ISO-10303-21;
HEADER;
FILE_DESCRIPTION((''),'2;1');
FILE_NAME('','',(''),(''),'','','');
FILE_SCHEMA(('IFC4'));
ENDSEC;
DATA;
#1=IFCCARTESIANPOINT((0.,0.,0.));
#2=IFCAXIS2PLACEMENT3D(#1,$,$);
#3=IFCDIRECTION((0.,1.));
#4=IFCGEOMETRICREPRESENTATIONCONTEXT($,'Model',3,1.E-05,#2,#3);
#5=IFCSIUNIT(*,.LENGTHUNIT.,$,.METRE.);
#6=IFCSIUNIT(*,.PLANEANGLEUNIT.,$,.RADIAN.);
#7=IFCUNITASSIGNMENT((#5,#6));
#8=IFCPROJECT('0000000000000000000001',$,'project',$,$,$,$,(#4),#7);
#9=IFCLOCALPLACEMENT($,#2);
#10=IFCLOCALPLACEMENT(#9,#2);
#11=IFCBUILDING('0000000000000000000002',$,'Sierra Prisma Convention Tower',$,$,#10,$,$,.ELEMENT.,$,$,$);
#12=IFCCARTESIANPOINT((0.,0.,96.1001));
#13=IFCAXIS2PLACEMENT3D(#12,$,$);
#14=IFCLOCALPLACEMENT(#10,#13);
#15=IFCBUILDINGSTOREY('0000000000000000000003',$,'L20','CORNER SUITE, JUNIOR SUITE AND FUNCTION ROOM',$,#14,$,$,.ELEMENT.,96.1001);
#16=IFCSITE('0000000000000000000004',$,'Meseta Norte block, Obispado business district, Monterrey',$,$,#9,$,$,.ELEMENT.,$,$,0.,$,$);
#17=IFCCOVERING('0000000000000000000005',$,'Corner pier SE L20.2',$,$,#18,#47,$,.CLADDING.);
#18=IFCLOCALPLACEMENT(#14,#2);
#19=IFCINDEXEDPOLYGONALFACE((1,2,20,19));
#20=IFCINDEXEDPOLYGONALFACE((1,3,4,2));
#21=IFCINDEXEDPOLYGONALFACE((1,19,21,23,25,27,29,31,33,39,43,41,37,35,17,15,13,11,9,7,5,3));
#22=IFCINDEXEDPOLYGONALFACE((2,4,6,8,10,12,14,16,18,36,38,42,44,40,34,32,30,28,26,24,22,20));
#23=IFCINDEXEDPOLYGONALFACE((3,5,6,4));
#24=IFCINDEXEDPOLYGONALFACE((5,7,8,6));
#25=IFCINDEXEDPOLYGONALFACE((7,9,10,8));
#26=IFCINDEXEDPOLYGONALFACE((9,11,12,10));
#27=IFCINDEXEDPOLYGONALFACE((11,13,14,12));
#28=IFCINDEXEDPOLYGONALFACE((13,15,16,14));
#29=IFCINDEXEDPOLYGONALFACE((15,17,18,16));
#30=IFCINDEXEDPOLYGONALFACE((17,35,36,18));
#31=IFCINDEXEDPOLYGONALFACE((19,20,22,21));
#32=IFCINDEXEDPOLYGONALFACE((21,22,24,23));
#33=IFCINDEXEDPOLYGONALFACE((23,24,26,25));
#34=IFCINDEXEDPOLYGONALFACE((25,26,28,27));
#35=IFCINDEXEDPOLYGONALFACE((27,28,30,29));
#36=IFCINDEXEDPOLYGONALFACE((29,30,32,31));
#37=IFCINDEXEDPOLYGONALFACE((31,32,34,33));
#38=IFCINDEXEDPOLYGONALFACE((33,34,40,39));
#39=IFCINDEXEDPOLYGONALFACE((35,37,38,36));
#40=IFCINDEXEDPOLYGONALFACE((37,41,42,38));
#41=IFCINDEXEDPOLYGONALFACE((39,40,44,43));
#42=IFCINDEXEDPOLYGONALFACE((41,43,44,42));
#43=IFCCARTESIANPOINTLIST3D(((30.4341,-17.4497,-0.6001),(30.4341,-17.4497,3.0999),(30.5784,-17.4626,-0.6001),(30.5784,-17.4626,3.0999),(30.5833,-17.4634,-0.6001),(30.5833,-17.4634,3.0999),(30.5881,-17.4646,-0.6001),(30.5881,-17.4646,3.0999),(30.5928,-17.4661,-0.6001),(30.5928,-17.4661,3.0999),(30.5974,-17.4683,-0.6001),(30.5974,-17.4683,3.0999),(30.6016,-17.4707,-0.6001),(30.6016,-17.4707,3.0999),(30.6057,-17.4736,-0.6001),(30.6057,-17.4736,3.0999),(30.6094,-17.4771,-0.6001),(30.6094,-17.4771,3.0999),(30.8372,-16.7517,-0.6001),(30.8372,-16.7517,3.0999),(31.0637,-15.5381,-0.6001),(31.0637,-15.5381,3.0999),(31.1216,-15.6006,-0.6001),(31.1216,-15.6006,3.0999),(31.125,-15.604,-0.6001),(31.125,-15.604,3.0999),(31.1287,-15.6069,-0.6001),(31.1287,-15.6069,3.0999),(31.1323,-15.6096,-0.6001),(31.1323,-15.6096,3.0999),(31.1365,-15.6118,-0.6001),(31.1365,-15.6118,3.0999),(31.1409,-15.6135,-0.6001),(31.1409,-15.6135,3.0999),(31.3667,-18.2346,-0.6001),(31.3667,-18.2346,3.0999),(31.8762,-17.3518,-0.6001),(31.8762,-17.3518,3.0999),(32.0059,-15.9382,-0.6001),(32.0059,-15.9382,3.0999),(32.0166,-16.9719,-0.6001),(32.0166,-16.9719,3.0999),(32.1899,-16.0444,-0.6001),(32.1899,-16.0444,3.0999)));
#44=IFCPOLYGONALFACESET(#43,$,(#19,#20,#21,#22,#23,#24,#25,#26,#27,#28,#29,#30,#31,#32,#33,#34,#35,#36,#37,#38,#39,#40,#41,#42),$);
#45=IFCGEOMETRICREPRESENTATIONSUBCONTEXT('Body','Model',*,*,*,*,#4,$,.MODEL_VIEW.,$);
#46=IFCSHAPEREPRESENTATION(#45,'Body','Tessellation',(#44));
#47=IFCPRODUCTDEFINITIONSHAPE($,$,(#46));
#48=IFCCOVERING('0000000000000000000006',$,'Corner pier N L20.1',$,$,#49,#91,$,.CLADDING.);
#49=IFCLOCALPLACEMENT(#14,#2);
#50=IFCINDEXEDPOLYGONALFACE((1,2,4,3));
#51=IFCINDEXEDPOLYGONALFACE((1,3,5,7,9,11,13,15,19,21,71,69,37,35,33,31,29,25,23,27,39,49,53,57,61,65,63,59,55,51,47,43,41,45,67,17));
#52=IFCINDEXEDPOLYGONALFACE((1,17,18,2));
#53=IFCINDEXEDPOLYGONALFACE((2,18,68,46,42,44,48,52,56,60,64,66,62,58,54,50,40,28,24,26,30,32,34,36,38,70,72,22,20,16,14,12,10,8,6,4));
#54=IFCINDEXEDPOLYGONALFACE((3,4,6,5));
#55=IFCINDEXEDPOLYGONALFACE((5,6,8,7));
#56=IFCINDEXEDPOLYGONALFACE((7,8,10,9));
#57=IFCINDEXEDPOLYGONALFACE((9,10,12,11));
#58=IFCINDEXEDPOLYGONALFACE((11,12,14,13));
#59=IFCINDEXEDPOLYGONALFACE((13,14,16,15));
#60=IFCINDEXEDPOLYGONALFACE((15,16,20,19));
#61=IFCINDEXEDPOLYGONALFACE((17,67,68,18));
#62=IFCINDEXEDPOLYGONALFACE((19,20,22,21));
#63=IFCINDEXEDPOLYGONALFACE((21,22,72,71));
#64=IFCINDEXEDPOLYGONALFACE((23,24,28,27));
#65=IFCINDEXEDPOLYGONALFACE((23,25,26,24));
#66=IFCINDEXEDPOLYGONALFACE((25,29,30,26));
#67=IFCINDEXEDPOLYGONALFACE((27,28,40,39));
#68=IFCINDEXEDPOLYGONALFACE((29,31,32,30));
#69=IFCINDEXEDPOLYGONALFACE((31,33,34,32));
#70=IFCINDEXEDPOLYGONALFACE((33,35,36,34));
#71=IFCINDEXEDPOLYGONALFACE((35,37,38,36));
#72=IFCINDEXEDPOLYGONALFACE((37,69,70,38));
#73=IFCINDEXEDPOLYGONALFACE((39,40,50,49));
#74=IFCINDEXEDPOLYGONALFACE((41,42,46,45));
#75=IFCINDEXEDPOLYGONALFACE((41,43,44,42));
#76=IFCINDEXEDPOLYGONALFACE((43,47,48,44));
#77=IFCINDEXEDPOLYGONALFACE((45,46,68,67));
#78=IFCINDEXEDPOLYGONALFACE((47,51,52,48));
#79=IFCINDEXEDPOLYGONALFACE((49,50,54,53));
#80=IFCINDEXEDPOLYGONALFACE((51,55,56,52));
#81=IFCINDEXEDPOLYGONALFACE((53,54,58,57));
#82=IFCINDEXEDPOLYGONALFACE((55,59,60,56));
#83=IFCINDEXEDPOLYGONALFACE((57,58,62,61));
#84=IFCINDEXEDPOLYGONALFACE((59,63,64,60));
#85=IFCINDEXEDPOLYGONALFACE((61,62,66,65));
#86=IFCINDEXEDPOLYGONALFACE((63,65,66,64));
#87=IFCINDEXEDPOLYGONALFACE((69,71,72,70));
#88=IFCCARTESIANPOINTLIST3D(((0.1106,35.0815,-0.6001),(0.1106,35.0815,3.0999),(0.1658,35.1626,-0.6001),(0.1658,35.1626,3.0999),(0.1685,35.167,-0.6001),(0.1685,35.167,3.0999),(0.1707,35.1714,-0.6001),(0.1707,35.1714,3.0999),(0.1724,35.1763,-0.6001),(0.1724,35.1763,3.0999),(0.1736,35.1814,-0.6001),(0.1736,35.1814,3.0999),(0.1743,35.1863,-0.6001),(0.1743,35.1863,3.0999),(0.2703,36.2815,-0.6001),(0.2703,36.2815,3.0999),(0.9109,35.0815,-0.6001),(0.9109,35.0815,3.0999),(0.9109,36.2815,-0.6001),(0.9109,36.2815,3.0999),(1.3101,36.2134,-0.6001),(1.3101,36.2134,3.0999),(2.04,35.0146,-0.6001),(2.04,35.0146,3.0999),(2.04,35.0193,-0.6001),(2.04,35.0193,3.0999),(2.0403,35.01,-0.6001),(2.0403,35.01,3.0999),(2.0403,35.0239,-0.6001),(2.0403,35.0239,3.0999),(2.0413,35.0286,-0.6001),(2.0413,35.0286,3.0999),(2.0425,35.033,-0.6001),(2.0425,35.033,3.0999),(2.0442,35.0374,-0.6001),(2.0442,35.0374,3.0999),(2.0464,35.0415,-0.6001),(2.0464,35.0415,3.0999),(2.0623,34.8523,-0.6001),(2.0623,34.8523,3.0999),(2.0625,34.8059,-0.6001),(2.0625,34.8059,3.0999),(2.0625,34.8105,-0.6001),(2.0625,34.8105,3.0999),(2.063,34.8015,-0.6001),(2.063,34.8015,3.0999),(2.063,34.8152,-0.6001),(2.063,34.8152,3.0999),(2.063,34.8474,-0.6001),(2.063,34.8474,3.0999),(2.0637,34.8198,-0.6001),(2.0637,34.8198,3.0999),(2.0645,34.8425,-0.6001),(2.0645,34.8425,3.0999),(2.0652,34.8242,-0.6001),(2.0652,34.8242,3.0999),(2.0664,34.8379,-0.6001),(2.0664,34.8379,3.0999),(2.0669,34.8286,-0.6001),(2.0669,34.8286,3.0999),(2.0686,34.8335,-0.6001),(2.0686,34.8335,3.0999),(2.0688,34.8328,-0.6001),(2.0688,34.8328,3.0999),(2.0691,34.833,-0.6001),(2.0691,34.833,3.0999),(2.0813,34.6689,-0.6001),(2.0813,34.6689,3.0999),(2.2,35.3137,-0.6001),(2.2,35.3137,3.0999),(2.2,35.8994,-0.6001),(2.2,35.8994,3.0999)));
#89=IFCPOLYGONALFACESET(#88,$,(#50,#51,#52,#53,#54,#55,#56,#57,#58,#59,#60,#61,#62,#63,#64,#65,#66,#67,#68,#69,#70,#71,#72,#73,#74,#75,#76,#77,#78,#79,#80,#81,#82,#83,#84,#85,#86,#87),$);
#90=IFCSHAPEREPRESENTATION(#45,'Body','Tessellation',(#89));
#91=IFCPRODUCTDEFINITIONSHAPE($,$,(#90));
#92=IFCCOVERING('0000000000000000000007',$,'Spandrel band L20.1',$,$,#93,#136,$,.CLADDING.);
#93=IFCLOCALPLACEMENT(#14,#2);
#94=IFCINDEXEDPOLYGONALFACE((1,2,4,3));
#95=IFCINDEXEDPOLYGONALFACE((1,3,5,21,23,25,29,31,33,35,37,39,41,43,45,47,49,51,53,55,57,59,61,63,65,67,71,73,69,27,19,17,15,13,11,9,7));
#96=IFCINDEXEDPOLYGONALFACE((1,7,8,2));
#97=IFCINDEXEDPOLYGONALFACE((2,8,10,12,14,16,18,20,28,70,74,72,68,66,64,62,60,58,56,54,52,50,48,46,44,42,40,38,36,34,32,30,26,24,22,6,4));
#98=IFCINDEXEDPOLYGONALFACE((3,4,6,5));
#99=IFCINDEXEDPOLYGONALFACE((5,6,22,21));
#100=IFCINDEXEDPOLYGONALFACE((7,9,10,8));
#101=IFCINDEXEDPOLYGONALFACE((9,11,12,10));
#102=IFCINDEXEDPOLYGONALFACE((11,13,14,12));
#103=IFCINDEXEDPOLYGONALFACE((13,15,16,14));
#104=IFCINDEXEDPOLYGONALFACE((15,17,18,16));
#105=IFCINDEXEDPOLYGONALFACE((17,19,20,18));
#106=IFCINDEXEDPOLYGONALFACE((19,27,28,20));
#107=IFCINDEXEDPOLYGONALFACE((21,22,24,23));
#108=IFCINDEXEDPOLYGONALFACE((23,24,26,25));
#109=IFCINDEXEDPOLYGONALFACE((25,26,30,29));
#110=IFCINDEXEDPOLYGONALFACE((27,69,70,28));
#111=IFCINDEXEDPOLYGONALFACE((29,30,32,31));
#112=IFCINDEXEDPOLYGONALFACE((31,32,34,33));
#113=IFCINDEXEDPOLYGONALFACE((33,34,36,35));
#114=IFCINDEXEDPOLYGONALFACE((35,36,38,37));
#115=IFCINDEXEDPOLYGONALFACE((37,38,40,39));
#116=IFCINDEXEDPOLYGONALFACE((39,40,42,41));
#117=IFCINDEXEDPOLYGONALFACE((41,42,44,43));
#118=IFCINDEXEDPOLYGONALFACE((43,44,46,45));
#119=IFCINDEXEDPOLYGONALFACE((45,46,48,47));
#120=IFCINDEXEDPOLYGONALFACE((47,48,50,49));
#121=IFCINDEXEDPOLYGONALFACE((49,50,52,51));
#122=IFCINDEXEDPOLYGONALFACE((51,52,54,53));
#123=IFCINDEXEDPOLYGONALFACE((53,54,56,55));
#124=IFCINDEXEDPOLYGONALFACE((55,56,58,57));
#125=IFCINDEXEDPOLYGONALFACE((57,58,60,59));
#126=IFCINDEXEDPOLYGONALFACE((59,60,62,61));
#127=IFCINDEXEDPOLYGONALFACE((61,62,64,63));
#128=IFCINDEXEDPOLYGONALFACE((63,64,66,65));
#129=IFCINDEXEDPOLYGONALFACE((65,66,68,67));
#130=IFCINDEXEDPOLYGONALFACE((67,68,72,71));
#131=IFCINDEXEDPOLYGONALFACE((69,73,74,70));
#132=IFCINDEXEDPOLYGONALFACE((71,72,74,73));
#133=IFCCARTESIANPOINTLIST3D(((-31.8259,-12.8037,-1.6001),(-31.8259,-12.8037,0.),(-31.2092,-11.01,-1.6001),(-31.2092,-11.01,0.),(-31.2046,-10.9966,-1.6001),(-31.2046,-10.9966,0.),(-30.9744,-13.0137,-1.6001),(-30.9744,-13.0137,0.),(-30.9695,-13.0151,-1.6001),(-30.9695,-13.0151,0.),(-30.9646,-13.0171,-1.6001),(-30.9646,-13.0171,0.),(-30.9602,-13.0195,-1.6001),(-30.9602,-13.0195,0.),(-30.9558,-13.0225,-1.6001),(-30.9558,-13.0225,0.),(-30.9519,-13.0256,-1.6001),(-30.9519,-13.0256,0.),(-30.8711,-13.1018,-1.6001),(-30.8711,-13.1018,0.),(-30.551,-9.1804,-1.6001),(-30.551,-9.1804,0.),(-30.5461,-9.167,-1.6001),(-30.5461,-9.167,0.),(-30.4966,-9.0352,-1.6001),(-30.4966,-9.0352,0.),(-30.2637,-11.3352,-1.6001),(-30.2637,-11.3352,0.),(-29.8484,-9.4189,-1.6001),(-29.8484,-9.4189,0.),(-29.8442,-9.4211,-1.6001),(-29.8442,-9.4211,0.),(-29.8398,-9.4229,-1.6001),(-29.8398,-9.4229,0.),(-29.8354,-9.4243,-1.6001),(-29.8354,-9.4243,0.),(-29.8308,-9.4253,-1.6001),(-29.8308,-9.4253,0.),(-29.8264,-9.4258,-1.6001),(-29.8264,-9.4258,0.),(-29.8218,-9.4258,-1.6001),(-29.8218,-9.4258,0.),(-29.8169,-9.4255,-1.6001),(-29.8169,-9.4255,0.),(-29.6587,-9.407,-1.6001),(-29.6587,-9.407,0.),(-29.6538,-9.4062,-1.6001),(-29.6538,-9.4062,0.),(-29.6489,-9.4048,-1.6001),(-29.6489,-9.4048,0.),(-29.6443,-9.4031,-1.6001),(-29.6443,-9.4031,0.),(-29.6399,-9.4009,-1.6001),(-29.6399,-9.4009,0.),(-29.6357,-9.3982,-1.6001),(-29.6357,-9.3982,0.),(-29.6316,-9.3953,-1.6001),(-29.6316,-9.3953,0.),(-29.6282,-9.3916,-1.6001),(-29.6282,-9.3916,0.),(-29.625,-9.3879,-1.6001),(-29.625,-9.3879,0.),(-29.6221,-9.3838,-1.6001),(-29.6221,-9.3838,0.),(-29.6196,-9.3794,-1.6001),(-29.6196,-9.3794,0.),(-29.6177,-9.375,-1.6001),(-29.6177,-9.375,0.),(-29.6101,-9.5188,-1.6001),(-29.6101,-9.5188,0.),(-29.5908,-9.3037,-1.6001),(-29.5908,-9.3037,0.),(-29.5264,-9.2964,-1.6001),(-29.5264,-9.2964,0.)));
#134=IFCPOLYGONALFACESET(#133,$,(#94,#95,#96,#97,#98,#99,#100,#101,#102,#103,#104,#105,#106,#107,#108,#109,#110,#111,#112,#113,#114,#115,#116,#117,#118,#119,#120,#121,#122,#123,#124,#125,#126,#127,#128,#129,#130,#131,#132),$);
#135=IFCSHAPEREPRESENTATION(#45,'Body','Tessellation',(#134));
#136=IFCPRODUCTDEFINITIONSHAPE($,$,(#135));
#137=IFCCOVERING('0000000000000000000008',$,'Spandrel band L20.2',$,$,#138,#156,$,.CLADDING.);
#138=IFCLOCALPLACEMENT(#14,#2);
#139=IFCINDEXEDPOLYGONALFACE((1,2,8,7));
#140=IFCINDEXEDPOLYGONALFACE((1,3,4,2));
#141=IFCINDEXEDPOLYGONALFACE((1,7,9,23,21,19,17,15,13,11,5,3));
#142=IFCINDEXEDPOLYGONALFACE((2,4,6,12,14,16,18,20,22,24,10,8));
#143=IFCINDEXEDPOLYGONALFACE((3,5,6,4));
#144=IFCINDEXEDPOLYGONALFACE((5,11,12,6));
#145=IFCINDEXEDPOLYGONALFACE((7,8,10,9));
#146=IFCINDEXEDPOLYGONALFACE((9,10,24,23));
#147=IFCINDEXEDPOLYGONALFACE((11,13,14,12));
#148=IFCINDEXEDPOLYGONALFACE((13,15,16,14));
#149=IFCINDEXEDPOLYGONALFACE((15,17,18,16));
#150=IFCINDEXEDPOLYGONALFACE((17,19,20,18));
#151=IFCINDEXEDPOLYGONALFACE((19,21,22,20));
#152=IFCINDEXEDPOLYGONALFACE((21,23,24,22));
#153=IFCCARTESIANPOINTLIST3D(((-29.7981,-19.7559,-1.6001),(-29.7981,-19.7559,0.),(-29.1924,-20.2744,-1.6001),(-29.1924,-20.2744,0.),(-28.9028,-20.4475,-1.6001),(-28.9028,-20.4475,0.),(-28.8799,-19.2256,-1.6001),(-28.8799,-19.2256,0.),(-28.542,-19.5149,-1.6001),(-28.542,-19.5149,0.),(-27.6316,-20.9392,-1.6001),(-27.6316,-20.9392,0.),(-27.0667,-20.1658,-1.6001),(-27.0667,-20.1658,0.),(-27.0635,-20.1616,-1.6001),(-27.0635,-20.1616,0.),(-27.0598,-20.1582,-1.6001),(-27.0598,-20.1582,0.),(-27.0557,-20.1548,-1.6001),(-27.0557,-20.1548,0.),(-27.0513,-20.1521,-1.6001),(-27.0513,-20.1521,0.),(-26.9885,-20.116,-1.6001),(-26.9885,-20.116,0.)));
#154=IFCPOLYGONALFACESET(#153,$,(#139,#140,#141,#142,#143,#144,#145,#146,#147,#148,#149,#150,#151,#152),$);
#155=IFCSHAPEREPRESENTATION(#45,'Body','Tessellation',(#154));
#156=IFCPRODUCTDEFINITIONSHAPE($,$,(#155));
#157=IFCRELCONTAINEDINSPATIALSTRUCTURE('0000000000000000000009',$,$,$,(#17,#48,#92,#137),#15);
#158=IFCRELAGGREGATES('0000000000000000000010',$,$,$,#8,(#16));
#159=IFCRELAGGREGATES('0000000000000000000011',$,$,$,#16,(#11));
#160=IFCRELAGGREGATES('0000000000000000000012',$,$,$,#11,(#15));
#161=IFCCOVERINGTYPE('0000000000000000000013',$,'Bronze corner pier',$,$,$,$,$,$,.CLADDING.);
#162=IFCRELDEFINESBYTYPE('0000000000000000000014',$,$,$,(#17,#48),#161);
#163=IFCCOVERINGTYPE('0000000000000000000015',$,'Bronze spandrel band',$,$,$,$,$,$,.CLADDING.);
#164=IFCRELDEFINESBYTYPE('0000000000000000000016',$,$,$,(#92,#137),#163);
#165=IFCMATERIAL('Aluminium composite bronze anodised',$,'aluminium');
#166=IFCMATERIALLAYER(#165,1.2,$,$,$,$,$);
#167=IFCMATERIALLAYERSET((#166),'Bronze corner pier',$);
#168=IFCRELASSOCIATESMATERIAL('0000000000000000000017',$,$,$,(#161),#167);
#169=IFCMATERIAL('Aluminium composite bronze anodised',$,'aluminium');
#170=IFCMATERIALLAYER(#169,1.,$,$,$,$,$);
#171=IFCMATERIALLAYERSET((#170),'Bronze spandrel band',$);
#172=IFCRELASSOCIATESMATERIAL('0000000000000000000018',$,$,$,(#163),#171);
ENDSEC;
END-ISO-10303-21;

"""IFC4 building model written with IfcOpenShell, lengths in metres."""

from ifc_helpers import new_model, si_unit, direction, frame, origin, place, context, subcontext, project, spatial, polyline, outline, extrude, material, layer, layer_set, type_object, element, save


model = new_model("IFC4")

# Units and contexts
model_context = context("Model", 3, precision=1e-05, world=origin(), true_north=direction((0.0, 1.0)))
body_context = subcontext(model_context, "Body", "Model", "MODEL_VIEW")
ifc_project = project(units=[si_unit("LENGTHUNIT", "METRE"), si_unit("PLANEANGLEUNIT", "RADIAN")], contexts=[model_context])

# Site, building, storey
site_placement = place(None, origin())
site = spatial("IfcSite", under=ifc_project, at=site_placement, Name="Meseta Norte block, Obispado business district, Monterrey", CompositionType="ELEMENT", RefElevation=0.0)
building_placement = place(site_placement, origin())
building = spatial("IfcBuilding", under=site, at=building_placement, Name="Sierra Prisma Convention Tower", CompositionType="ELEMENT")
storey_placement = place(building_placement, frame((0.0, 0.0, 96.1001)))
storey = spatial("IfcBuildingStorey", under=building, at=storey_placement, Name="L20", Description="CORNER SUITE, JUNIOR SUITE AND FUNCTION ROOM", CompositionType="ELEMENT", Elevation=96.1001)

# Coverings
ifc_material_1 = material(Name="Aluminium composite bronze anodised", Category="aluminium")
ifc_layer_1 = layer(ifc_material_1, 1.2)
ifc_layer_set_1 = layer_set([ifc_layer_1], Name="Bronze corner pier")
covering_type_1 = type_object("IfcCoveringType", Name="Bronze corner pier", PredefinedType="CLADDING", material=ifc_layer_set_1)
covering_1_placement = place(storey_placement, frame((0.0, 0.0, -0.6001)))
element("IfcCovering", 1, at=covering_1_placement, inside=storey, type_object=covering_type_1, Name="Corner pier SE L20.2", PredefinedType="CLADDING", context=body_context, shape_type="SweptSolid", body=[
    extrude(outline(polyline([(31.8762, -17.3518), (31.3667, -18.2346), (30.6094, -17.4771), (30.6057, -17.4736), (30.6016, -17.4707), (30.5974, -17.4683), (30.5928, -17.4661), (30.5881, -17.4646), (30.5833, -17.4634), (30.5784, -17.4626), (30.4341, -17.4497), (30.8372, -16.7517), (31.0637, -15.5381), (31.1216, -15.6006), (31.125, -15.604), (31.1287, -15.6069), (31.1323, -15.6096), (31.1365, -15.6118), (31.1409, -15.6135), (32.0059, -15.9382), (32.1899, -16.0444), (32.0166, -16.9719), (31.8762, -17.3518)])), origin(), (0.0, 0.0, 1.0), 3.7),
])
covering_2_placement = place(storey_placement, frame((0.0, 0.0, -0.6001)))
element("IfcCovering", 2, at=covering_2_placement, inside=storey, type_object=covering_type_1, Name="Corner pier N L20.1", PredefinedType="CLADDING", context=body_context, shape_type="SweptSolid", body=[
    extrude(outline(polyline([(0.1724, 35.1763), (0.1736, 35.1814), (0.1743, 35.1863), (0.2703, 36.2815), (0.9109, 36.2815), (1.3101, 36.2134), (2.2, 35.8994), (2.2, 35.3137), (2.0464, 35.0415), (2.0442, 35.0374), (2.0425, 35.033), (2.0413, 35.0286), (2.0403, 35.0239), (2.04, 35.0193), (2.04, 35.0146), (2.0403, 35.01), (2.0623, 34.8523), (2.063, 34.8474), (2.0645, 34.8425), (2.0664, 34.8379), (2.0686, 34.8335), (2.0691, 34.833), (2.0688, 34.8328), (2.0669, 34.8286), (2.0652, 34.8242), (2.0637, 34.8198), (2.063, 34.8152), (2.0625, 34.8105), (2.0625, 34.8059), (2.063, 34.8015), (2.0813, 34.6689), (0.9109, 35.0815), (0.1106, 35.0815), (0.1658, 35.1626), (0.1685, 35.167), (0.1707, 35.1714), (0.1724, 35.1763)])), origin(), (0.0, 0.0, 1.0), 3.7),
])
ifc_material_2 = material(Name="Aluminium composite bronze anodised", Category="aluminium")
ifc_layer_2 = layer(ifc_material_2, 1.0)
ifc_layer_set_2 = layer_set([ifc_layer_2], Name="Bronze spandrel band")
covering_type_2 = type_object("IfcCoveringType", Name="Bronze spandrel band", PredefinedType="CLADDING", material=ifc_layer_set_2)
covering_3_placement = place(storey_placement, frame((0.0, 0.0, -1.6001)))
element("IfcCovering", 3, at=covering_3_placement, inside=storey, type_object=covering_type_2, Name="Spandrel band L20.1", PredefinedType="CLADDING", context=body_context, shape_type="SweptSolid", body=[
    extrude(outline(polyline([(-30.8711, -13.1018), (-30.9519, -13.0256), (-30.9558, -13.0225), (-30.9602, -13.0195), (-30.9646, -13.0171), (-30.9695, -13.0151), (-30.9744, -13.0137), (-31.8259, -12.8037), (-31.2092, -11.01), (-31.2046, -10.9966), (-30.551, -9.1804), (-30.5461, -9.167), (-30.4966, -9.0352), (-29.8484, -9.4189), (-29.8442, -9.4211), (-29.8398, -9.4229), (-29.8354, -9.4243), (-29.8308, -9.4253), (-29.8264, -9.4258), (-29.8218, -9.4258), (-29.8169, -9.4255), (-29.6587, -9.407), (-29.6538, -9.4062), (-29.6489, -9.4048), (-29.6443, -9.4031), (-29.6399, -9.4009), (-29.6357, -9.3982), (-29.6316, -9.3953), (-29.6282, -9.3916), (-29.625, -9.3879), (-29.6221, -9.3838), (-29.6196, -9.3794), (-29.6177, -9.375), (-29.5908, -9.3037), (-29.5264, -9.2964), (-29.6101, -9.5188), (-30.2637, -11.3352), (-30.8711, -13.1018)])), origin(), (0.0, 0.0, 1.0), 1.6001),
])
covering_4_placement = place(storey_placement, frame((0.0, 0.0, -1.6001)))
element("IfcCovering", 4, at=covering_4_placement, inside=storey, type_object=covering_type_2, Name="Spandrel band L20.2", PredefinedType="CLADDING", context=body_context, shape_type="SweptSolid", body=[
    extrude(outline(polyline([(-28.8799, -19.2256), (-28.542, -19.5149), (-26.9885, -20.116), (-27.0513, -20.1521), (-27.0557, -20.1548), (-27.0598, -20.1582), (-27.0635, -20.1616), (-27.0667, -20.1658), (-27.6316, -20.9392), (-28.9028, -20.4475), (-29.1924, -20.2744), (-29.7981, -19.7559), (-28.8799, -19.2256)])), origin(), (0.0, 0.0, 1.0), 1.6001),
])

save(model, "model.ifc")
